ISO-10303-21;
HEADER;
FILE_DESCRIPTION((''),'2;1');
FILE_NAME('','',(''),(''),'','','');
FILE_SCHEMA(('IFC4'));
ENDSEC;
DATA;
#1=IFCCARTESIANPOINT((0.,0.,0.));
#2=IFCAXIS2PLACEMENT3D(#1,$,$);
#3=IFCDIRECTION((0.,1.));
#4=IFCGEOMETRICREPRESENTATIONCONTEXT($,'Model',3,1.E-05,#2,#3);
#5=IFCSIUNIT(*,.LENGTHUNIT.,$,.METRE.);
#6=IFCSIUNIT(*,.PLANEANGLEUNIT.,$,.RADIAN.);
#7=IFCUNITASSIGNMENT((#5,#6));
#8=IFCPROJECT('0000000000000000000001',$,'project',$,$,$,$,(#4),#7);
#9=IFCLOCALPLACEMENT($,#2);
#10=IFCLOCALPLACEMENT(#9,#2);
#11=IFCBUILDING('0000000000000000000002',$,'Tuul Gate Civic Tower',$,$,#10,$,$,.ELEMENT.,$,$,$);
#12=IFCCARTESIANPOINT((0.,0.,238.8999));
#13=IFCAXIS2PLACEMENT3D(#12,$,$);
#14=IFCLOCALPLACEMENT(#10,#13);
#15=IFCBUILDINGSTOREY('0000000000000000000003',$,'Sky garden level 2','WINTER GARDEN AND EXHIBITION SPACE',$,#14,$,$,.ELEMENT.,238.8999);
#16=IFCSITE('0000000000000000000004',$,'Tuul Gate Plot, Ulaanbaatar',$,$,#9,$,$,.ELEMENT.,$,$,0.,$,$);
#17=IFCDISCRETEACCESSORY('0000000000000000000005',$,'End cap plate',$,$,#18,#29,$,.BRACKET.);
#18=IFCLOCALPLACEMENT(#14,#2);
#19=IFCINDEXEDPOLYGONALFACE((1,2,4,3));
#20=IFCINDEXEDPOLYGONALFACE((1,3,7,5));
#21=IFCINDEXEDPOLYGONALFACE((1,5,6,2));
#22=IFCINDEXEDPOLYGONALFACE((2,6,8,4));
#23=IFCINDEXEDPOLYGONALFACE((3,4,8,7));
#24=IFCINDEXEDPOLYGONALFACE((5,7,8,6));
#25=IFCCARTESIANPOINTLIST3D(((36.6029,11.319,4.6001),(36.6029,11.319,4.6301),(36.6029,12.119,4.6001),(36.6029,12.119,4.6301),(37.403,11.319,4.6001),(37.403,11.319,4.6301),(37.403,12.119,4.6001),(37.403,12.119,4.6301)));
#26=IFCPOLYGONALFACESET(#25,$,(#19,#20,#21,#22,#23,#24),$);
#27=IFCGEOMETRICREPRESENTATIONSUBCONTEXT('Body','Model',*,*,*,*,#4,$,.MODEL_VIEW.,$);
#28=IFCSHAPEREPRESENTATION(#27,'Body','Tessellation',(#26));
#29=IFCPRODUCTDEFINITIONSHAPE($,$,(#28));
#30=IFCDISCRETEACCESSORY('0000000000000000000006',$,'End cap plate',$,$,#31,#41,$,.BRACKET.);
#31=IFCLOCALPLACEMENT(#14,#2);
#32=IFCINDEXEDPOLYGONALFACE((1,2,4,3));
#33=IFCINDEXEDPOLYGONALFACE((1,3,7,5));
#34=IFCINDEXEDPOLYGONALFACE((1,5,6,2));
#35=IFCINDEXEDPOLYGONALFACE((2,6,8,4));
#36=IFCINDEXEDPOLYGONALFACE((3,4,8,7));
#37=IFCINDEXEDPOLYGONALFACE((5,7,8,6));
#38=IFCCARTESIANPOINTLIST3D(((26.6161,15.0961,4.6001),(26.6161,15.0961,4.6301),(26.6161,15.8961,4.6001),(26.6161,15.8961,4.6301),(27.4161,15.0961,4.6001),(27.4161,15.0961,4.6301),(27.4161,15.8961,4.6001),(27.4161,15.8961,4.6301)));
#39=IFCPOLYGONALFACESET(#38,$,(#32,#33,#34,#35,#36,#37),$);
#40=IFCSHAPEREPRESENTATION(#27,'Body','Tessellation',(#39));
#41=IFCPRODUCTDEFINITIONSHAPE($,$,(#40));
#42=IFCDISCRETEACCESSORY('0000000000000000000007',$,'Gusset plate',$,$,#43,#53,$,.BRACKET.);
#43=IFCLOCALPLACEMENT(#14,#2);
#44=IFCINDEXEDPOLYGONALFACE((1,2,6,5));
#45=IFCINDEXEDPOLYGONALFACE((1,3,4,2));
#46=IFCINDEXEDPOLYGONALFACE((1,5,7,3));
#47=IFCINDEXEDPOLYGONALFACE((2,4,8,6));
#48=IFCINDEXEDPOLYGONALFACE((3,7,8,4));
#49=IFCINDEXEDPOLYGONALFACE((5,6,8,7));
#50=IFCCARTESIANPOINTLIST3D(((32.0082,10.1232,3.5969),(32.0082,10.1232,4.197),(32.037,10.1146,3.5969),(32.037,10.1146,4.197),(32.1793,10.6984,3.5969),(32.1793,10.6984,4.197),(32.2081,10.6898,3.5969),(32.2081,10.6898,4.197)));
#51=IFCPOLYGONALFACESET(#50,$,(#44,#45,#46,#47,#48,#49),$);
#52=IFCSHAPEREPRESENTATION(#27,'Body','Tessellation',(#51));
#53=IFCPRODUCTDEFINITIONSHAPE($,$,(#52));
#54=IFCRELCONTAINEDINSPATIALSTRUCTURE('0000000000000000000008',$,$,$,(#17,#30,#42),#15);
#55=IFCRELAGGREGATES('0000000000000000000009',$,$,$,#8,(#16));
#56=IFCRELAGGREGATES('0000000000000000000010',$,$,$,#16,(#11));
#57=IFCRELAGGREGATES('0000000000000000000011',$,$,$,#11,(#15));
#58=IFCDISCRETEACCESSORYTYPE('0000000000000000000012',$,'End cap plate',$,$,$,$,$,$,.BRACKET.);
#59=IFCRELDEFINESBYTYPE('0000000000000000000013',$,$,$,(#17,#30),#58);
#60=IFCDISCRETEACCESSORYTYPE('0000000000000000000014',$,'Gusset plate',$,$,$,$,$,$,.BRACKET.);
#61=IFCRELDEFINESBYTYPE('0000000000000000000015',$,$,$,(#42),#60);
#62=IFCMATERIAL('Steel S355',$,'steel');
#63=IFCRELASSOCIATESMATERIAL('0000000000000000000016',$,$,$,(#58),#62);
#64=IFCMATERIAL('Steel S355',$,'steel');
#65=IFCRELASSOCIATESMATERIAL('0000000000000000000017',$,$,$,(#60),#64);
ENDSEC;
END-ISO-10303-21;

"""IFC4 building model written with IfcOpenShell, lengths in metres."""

from ifc_helpers import new_model, si_unit, direction, frame, origin, origin_2d, place, context, subcontext, project, spatial, rectangle, extrude, material, type_object, element, save


model = new_model("IFC4")

# Units and contexts
model_context = context("Model", 3, precision=1e-05, world=origin(), true_north=direction((0.0, 1.0)))
body_context = subcontext(model_context, "Body", "Model", "MODEL_VIEW")
ifc_project = project(units=[si_unit("LENGTHUNIT", "METRE"), si_unit("PLANEANGLEUNIT", "RADIAN")], contexts=[model_context])

# Site, building, storey
site_placement = place(None, origin())
site = spatial("IfcSite", under=ifc_project, at=site_placement, Name="Tuul Gate Plot, Ulaanbaatar", CompositionType="ELEMENT", RefElevation=0.0)
building_placement = place(site_placement, origin())
building = spatial("IfcBuilding", under=site, at=building_placement, Name="Tuul Gate Civic Tower", CompositionType="ELEMENT")
storey_placement = place(building_placement, frame((0.0, 0.0, 238.8999)))
storey = spatial("IfcBuildingStorey", under=building, at=storey_placement, Name="Sky garden level 2", Description="WINTER GARDEN AND EXHIBITION SPACE", CompositionType="ELEMENT", Elevation=238.8999)

# Discrete accessories
ifc_material_1 = material(Name="Steel S355", Category="steel")
discrete_accessory_type_1 = type_object("IfcDiscreteAccessoryType", Name="End cap plate", PredefinedType="BRACKET", material=ifc_material_1)
for number, where, z_axis, x_axis, name in (
    (1, (37.0029, 11.719, 4.6001), (0.0, 0.0, 1.0), (1.0, 0.0, 0.0), "End cap plate"),
    (2, (27.0161, 15.4961, 4.6001), (0.0, 0.0, 1.0), (1.0, 0.0, 0.0), "End cap plate"),
):
    element("IfcDiscreteAccessory", number, at=place(storey_placement, frame(where, z_axis=z_axis, x_axis=x_axis)), inside=storey, type_object=discrete_accessory_type_1, Name=name, PredefinedType="BRACKET", context=body_context, shape_type="SweptSolid", body=[
        extrude(rectangle(XDim=0.8, YDim=0.8, at=origin_2d()), origin(), (0.0, 0.0, 1.0), 0.03),
    ])
ifc_material_2 = material(Name="Steel S355", Category="steel")
discrete_accessory_type_2 = type_object("IfcDiscreteAccessoryType", Name="Gusset plate", PredefinedType="BRACKET", material=ifc_material_2)
discrete_accessory_placement = place(storey_placement, frame((32.1082, 10.4065, 3.5969), z_axis=(0.0, 0.0, 1.0), x_axis=(-0.285212, -0.958464, 0.0)))
element("IfcDiscreteAccessory", 3, at=discrete_accessory_placement, inside=storey, type_object=discrete_accessory_type_2, Name="Gusset plate", PredefinedType="BRACKET", context=body_context, shape_type="SweptSolid", body=[
    extrude(rectangle(XDim=0.6001, YDim=0.03, at=origin_2d()), origin(), (0.0, 0.0, 1.0), 0.6001),
])

save(model, "model.ifc")
